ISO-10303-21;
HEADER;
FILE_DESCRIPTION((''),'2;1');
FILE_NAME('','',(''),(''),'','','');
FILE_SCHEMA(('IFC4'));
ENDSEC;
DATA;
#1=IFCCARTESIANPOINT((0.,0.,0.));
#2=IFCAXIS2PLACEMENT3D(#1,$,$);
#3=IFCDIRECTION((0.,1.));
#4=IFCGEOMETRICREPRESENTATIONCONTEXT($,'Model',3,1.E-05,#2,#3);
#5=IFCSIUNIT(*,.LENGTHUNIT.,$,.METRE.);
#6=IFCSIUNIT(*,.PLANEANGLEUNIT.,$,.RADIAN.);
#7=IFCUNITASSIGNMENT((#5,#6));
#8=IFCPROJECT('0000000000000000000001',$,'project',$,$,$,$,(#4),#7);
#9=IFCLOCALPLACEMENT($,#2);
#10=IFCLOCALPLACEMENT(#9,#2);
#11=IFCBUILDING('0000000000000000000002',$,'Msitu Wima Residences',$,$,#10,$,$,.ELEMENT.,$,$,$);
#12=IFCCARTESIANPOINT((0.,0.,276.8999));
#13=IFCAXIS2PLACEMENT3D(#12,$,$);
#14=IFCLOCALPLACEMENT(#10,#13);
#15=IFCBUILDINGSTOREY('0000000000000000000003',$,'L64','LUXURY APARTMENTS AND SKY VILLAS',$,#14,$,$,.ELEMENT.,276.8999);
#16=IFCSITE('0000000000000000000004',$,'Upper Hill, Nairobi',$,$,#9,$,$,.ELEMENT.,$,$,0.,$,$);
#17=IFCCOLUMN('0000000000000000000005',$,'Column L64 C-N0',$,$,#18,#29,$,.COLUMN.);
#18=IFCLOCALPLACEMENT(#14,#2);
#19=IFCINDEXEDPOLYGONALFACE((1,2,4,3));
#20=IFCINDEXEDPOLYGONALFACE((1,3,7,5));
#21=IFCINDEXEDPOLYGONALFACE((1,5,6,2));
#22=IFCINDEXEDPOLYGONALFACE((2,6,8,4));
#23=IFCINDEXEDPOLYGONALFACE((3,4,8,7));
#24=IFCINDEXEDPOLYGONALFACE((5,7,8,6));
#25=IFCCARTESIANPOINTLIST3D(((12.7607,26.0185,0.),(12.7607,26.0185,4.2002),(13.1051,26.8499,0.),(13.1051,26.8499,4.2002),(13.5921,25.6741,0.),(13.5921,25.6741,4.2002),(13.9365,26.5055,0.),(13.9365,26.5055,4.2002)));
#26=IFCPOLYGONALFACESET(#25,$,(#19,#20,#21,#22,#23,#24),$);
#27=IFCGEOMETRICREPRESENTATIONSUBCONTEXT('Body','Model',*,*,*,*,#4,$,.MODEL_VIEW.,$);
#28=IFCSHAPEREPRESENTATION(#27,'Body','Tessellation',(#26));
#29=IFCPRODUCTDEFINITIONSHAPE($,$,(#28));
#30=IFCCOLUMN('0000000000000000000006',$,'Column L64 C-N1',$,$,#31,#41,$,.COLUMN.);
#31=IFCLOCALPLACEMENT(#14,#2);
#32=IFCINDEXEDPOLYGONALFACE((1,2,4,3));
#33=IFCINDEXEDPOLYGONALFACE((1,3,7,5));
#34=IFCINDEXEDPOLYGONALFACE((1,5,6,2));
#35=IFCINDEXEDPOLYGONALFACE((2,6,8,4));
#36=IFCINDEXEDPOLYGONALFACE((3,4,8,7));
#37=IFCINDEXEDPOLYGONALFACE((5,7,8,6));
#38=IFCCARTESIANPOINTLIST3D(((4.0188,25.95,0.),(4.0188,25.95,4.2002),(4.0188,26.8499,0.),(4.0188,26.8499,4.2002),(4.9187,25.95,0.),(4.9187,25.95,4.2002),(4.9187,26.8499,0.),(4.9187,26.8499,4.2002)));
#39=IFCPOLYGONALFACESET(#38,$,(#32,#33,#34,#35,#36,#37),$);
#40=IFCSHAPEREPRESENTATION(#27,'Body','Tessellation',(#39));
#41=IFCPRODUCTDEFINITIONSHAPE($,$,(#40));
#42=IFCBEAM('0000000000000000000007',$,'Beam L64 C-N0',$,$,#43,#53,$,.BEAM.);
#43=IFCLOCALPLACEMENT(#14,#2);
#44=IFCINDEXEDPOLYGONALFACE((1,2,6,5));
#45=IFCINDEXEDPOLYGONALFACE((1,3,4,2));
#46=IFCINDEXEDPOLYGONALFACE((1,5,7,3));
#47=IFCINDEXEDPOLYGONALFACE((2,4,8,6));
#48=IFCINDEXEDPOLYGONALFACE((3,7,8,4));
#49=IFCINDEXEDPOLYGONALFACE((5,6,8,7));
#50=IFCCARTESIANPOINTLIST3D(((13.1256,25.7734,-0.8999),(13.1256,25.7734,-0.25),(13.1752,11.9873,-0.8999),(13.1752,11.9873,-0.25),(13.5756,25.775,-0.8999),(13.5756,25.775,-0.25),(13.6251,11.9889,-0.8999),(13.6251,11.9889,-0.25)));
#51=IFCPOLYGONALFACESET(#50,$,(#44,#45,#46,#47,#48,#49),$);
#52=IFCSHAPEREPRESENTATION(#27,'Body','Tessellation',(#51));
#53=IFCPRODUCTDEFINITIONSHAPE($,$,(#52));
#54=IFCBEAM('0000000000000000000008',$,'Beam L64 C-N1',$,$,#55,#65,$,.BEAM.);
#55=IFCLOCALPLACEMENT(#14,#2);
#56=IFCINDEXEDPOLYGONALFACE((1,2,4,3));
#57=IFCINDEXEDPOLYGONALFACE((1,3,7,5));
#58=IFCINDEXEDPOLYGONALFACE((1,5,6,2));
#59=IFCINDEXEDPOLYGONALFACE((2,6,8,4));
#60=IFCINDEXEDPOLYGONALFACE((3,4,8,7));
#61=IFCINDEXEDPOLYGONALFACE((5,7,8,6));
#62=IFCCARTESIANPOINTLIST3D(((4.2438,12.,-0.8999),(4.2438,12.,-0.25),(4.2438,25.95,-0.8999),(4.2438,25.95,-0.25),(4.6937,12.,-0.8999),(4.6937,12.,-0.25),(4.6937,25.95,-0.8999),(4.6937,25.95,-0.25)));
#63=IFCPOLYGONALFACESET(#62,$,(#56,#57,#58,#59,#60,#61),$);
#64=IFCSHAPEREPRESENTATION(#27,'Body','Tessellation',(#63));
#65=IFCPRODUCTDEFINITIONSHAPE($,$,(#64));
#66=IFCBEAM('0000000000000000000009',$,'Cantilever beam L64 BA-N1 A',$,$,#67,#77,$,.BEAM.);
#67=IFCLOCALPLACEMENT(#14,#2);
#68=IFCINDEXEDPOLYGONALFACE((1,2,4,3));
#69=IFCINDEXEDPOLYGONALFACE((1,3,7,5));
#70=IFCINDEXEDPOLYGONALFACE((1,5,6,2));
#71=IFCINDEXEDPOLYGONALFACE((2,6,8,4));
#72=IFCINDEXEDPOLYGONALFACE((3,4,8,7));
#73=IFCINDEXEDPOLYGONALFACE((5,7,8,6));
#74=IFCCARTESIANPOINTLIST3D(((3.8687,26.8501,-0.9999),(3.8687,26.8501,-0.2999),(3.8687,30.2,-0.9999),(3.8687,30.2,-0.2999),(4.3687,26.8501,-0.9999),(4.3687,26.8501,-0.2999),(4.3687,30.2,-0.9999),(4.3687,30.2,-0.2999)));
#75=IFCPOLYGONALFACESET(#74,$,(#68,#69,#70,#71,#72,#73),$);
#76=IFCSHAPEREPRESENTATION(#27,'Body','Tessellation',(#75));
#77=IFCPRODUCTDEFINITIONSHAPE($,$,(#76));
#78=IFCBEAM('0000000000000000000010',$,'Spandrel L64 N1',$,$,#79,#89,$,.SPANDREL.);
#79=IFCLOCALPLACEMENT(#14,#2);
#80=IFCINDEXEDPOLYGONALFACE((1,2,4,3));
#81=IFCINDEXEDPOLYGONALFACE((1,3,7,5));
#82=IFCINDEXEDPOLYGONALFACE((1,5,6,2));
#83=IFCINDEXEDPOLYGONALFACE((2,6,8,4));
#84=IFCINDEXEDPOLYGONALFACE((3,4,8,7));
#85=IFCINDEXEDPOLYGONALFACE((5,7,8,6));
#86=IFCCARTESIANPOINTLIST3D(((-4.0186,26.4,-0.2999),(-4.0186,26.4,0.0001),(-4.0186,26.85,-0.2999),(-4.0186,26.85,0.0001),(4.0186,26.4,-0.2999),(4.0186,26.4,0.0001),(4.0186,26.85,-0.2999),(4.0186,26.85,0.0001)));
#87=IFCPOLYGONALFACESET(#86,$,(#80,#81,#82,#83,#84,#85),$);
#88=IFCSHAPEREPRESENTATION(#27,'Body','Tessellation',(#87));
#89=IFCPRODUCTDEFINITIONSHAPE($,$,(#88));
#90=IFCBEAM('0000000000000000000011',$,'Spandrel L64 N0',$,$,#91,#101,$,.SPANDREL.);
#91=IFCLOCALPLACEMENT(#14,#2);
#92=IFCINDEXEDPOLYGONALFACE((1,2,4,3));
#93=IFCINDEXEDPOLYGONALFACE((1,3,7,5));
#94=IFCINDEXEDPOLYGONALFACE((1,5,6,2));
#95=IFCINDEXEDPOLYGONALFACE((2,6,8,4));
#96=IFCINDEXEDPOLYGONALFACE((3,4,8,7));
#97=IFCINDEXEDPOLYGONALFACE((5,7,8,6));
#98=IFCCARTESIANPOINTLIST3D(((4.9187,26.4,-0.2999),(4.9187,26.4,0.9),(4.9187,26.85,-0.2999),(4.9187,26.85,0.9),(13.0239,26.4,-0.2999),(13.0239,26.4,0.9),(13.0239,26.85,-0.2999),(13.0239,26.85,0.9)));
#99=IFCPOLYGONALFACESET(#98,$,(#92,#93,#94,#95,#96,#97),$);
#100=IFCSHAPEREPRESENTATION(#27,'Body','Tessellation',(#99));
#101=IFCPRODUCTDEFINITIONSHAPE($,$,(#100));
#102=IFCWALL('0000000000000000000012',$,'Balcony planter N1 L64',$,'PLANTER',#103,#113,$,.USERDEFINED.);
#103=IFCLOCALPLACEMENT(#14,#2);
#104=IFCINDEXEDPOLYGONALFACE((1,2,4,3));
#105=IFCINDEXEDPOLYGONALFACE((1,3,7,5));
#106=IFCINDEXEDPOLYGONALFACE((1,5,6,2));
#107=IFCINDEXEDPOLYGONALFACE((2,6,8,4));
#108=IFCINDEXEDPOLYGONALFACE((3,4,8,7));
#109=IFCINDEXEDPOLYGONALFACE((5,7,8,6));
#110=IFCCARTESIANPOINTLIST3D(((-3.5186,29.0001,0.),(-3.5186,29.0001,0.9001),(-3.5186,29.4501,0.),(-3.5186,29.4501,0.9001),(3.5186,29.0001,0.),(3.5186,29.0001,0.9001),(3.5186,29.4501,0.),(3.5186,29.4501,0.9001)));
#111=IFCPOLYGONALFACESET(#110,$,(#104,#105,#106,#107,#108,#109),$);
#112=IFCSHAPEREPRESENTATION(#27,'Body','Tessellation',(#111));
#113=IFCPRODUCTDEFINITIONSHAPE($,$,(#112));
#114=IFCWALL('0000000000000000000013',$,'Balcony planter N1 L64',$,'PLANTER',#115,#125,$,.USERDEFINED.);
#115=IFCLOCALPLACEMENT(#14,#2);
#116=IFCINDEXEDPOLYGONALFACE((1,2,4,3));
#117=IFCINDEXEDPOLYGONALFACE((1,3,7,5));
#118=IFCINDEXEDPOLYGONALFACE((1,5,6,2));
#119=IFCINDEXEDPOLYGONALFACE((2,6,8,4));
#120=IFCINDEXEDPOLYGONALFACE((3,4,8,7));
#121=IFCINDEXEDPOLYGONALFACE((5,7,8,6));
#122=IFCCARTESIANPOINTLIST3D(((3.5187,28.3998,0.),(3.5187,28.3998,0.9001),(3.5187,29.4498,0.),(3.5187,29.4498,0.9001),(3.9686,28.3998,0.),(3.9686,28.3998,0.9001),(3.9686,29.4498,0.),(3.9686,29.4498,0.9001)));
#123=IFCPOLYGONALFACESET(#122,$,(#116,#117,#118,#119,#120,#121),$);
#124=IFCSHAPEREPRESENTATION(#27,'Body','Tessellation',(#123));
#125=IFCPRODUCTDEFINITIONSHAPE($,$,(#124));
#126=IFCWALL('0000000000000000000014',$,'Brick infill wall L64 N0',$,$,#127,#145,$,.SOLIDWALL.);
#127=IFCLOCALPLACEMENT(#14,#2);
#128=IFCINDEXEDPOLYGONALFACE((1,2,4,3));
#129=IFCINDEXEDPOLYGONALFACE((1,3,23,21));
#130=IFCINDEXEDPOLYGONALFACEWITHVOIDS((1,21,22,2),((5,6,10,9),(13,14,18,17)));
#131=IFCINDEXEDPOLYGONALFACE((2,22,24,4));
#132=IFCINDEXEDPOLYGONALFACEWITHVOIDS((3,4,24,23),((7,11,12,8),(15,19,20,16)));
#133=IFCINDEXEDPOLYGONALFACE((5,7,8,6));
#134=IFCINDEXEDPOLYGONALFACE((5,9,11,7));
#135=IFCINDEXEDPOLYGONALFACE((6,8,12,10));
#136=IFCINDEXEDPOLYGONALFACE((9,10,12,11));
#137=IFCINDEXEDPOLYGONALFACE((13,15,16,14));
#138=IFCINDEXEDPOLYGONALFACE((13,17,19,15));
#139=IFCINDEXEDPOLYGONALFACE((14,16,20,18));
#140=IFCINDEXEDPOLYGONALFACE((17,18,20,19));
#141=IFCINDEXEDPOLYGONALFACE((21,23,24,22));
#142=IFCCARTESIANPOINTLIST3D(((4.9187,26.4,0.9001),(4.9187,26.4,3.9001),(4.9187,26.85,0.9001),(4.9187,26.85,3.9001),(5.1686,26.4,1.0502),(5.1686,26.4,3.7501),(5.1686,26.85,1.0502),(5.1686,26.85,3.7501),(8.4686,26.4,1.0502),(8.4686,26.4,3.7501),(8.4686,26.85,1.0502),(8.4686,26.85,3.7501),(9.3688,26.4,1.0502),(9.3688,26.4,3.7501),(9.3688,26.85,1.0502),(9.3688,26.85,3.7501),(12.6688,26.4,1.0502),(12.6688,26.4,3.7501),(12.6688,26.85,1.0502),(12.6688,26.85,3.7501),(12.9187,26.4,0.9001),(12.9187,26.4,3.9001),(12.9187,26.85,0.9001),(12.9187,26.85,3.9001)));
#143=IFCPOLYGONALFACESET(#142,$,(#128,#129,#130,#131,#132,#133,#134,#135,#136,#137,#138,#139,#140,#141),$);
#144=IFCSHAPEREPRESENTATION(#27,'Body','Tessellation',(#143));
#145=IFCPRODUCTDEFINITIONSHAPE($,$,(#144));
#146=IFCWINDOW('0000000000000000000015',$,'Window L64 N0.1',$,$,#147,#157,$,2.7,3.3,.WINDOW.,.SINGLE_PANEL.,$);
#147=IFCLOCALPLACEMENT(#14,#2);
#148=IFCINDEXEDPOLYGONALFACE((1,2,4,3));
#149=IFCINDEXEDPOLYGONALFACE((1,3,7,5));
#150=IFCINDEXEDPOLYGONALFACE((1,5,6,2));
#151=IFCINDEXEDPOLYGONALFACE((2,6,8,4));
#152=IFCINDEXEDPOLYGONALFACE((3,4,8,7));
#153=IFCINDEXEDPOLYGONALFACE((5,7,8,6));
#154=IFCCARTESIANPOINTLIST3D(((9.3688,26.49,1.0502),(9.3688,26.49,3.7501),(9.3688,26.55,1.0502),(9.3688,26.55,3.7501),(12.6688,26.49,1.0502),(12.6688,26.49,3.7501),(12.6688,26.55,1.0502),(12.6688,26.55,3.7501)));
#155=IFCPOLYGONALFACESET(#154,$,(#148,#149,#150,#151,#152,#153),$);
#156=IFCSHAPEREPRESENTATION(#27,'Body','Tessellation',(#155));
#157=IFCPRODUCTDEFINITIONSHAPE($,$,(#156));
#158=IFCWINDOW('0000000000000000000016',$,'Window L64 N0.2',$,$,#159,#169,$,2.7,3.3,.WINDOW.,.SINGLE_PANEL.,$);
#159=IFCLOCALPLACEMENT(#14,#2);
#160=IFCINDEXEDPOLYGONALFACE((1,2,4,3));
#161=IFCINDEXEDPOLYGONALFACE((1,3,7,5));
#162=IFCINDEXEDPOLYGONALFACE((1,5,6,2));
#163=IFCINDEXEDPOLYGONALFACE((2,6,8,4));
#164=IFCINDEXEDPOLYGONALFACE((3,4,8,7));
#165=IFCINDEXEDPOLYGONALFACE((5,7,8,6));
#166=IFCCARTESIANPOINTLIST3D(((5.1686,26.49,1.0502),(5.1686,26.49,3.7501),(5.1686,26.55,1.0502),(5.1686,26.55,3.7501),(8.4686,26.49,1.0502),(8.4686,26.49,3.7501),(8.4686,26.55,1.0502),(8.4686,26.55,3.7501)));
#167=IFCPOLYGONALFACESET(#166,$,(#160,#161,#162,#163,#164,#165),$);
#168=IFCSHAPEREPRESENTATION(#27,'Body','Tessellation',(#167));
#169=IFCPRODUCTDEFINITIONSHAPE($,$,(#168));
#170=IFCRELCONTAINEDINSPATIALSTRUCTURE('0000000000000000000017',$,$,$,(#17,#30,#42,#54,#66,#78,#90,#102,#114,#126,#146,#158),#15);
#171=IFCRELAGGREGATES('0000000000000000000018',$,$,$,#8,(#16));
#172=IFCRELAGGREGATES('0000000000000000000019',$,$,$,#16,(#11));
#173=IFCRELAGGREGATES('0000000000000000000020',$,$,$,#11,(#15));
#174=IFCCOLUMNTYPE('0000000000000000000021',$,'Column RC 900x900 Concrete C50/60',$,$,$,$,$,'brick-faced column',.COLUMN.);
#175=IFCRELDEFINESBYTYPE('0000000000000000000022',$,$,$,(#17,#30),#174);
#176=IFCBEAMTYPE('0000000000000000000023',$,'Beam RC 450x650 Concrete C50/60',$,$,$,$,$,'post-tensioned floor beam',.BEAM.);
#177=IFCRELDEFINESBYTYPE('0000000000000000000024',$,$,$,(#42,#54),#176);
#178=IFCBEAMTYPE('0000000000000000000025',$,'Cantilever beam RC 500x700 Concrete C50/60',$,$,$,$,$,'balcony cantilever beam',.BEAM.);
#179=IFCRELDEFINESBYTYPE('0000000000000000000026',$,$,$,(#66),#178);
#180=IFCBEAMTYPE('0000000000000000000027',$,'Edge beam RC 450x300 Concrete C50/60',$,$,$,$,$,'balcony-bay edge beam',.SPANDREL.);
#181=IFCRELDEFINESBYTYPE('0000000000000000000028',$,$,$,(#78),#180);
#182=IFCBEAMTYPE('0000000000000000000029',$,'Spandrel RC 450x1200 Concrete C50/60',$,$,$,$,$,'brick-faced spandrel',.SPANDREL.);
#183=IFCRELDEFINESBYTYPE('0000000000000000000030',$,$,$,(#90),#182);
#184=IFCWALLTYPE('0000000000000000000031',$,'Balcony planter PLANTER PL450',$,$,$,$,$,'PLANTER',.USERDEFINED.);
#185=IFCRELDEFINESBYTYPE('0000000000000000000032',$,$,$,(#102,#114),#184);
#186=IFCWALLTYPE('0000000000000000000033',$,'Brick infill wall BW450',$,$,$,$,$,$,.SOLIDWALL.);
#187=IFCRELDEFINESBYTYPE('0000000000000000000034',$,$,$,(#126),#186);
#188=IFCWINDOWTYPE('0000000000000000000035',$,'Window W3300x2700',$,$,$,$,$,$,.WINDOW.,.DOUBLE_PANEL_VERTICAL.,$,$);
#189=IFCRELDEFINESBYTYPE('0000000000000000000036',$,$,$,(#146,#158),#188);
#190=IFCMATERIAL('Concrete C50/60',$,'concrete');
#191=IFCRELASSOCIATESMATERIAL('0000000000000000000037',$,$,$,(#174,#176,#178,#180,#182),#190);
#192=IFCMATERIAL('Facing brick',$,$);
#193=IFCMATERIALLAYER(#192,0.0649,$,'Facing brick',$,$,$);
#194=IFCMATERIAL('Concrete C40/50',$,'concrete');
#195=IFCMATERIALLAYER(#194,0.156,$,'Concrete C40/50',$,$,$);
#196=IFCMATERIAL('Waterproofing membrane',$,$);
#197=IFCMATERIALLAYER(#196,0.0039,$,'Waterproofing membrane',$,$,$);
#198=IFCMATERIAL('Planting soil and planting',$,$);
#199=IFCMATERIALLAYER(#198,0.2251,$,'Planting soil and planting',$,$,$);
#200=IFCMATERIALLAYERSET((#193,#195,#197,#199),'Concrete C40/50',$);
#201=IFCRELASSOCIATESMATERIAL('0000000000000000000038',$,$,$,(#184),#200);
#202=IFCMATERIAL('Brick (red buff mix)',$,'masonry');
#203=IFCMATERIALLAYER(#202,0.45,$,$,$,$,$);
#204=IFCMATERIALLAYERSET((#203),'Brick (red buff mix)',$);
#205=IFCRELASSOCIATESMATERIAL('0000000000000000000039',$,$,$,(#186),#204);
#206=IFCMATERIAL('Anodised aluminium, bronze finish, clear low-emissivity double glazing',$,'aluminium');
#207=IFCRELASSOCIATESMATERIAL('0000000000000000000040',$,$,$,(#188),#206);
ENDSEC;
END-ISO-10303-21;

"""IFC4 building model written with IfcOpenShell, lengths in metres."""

from ifc_helpers import new_model, si_unit, direction, frame, frame_2d, origin, origin_2d, place, context, subcontext, project, spatial, rectangle, extrude, material, layer, layer_set, material_profile, profile_set, type_object, element, fill, save


model = new_model("IFC4")

# Units and contexts
model_context = context("Model", 3, precision=1e-05, world=origin(), true_north=direction((0.0, 1.0)))
body_context = subcontext(model_context, "Body", "Model", "MODEL_VIEW")
ifc_project = project(units=[si_unit("LENGTHUNIT", "METRE"), si_unit("PLANEANGLEUNIT", "RADIAN")], contexts=[model_context])

# Site, building, storey
site_placement = place(None, origin())
site = spatial("IfcSite", under=ifc_project, at=site_placement, Name="Upper Hill, Nairobi", CompositionType="ELEMENT", RefElevation=0.0)
building_placement = place(site_placement, origin())
building = spatial("IfcBuilding", under=site, at=building_placement, Name="Msitu Wima Residences", CompositionType="ELEMENT")
storey_placement = place(building_placement, frame((0.0, 0.0, 276.8999)))
storey = spatial("IfcBuildingStorey", under=building, at=storey_placement, Name="L64", Description="LUXURY APARTMENTS AND SKY VILLAS", CompositionType="ELEMENT", Elevation=276.8999)

# Columns
ifc_material_1 = material(Name="Concrete C50/60", Category="concrete")
ifc_material_profile_1 = material_profile(ifc_material_1, rectangle(XDim=0.8999, YDim=0.8999, at=origin_2d()), Name="RC 900x900")
ifc_profile_set_1 = profile_set([ifc_material_profile_1], Name="Concrete C50/60")
column_type = type_object("IfcColumnType", Name="Column RC 900x900 Concrete C50/60", ElementType="brick-faced column", PredefinedType="COLUMN", material=ifc_profile_set_1)
for number, where, z_axis, x_axis, name in (
    (1, (13.3486, 26.262, 0.0), (0.0, 0.0, 1.0), (-0.92388, 0.382683, 0.0), "Column L64 C-N0"),
    (2, (4.4688, 26.3999, 0.0), (0.0, 0.0, 1.0), (-1.0, 0.0, 0.0), "Column L64 C-N1"),
):
    element("IfcColumn", number, at=place(storey_placement, frame(where, z_axis=z_axis, x_axis=x_axis)), inside=storey, type_object=column_type, Name=name, PredefinedType="COLUMN", context=body_context, shape_type="SweptSolid", body=[
        extrude(rectangle(XDim=0.8999, YDim=0.8999, at=origin_2d()), origin(), (0.0, 0.0, 1.0), 4.2002),
    ])

# Beams
ifc_material_profile_2 = material_profile(ifc_material_1, rectangle(XDim=0.45, YDim=0.6499, at=origin_2d()), Name="RC 450x650")
ifc_profile_set_2 = profile_set([ifc_material_profile_2], Name="Concrete C50/60")
beam_type_1 = type_object("IfcBeamType", Name="Beam RC 450x650 Concrete C50/60", ElementType="post-tensioned floor beam", PredefinedType="BEAM", material=ifc_profile_set_2)
beam_1_placement = place(storey_placement, frame((13.3506, 25.7742, -0.575), z_axis=(0.003595, -0.999994, 0.0), x_axis=(0.999994, 0.003595, 0.0)))
element("IfcBeam", 3, at=beam_1_placement, inside=storey, type_object=beam_type_1, Name="Beam L64 C-N0", PredefinedType="BEAM", context=body_context, shape_type="SweptSolid", body=[
    extrude(rectangle(XDim=0.45, YDim=0.6499, at=origin_2d()), origin(), (0.0, 0.0, 1.0), 13.7861),
])
beam_2_placement = place(storey_placement, frame((4.4688, 25.95, -0.575), z_axis=(0.0, -1.0, 0.0), x_axis=(1.0, 0.0, 0.0)))
element("IfcBeam", 4, at=beam_2_placement, inside=storey, type_object=beam_type_1, Name="Beam L64 C-N1", PredefinedType="BEAM", context=body_context, shape_type="SweptSolid", body=[
    extrude(rectangle(XDim=0.45, YDim=0.6499, at=origin_2d()), origin(), (0.0, 0.0, 1.0), 13.95),
])
ifc_material_profile_3 = material_profile(ifc_material_1, rectangle(XDim=0.5, YDim=0.7, at=origin_2d()), Name="RC 500x700")
ifc_profile_set_3 = profile_set([ifc_material_profile_3], Name="Concrete C50/60")
beam_type_2 = type_object("IfcBeamType", Name="Cantilever beam RC 500x700 Concrete C50/60", ElementType="balcony cantilever beam", PredefinedType="BEAM", material=ifc_profile_set_3)
beam_3_placement = place(storey_placement, frame((4.1187, 26.8501, -0.6499), z_axis=(0.0, 1.0, 0.0), x_axis=(-1.0, 0.0, 0.0)))
element("IfcBeam", 5, at=beam_3_placement, inside=storey, type_object=beam_type_2, Name="Cantilever beam L64 BA-N1 A", PredefinedType="BEAM", context=body_context, shape_type="SweptSolid", body=[
    extrude(rectangle(XDim=0.5, YDim=0.7, at=origin_2d()), origin(), (0.0, 0.0, 1.0), 3.3499),
])
ifc_material_profile_4 = material_profile(ifc_material_1, rectangle(XDim=0.45, YDim=0.3, at=origin_2d()), Name="RC 450x300")
ifc_profile_set_4 = profile_set([ifc_material_profile_4], Name="Concrete C50/60")
beam_type_3 = type_object("IfcBeamType", Name="Edge beam RC 450x300 Concrete C50/60", ElementType="balcony-bay edge beam", PredefinedType="SPANDREL", material=ifc_profile_set_4)
beam_4_placement = place(storey_placement, frame((4.0186, 26.625, -0.1499), z_axis=(-1.0, 0.0, 0.0), x_axis=(0.0, -1.0, 0.0)))
element("IfcBeam", 6, at=beam_4_placement, inside=storey, type_object=beam_type_3, Name="Spandrel L64 N1", PredefinedType="SPANDREL", context=body_context, shape_type="SweptSolid", body=[
    extrude(rectangle(XDim=0.45, YDim=0.3, at=origin_2d()), origin(), (0.0, 0.0, 1.0), 8.0371),
])
ifc_material_profile_5 = material_profile(ifc_material_1, rectangle(XDim=0.45, YDim=1.2, at=origin_2d()), Name="RC 450x1200")
ifc_profile_set_5 = profile_set([ifc_material_profile_5], Name="Concrete C50/60")
beam_type_4 = type_object("IfcBeamType", Name="Spandrel RC 450x1200 Concrete C50/60", ElementType="brick-faced spandrel", PredefinedType="SPANDREL", material=ifc_profile_set_5)
beam_5_placement = place(storey_placement, frame((13.0239, 26.625, 0.3), z_axis=(-1.0, 0.0, 0.0), x_axis=(0.0, -1.0, 0.0)))
element("IfcBeam", 7, at=beam_5_placement, inside=storey, type_object=beam_type_4, Name="Spandrel L64 N0", PredefinedType="SPANDREL", context=body_context, shape_type="SweptSolid", body=[
    extrude(rectangle(XDim=0.45, YDim=1.2, at=origin_2d()), origin(), (0.0, 0.0, 1.0), 8.1052),
])

# Walls
ifc_material_2 = material(Name="Facing brick")
ifc_layer_1 = layer(ifc_material_2, 0.0649, Name="Facing brick")
ifc_material_3 = material(Name="Concrete C40/50", Category="concrete")
ifc_layer_2 = layer(ifc_material_3, 0.156, Name="Concrete C40/50")
ifc_material_4 = material(Name="Waterproofing membrane")
ifc_layer_3 = layer(ifc_material_4, 0.0039, Name="Waterproofing membrane")
ifc_material_5 = material(Name="Planting soil and planting")
ifc_layer_4 = layer(ifc_material_5, 0.2251, Name="Planting soil and planting")
ifc_layer_set_1 = layer_set([ifc_layer_1, ifc_layer_2, ifc_layer_3, ifc_layer_4], Name="Concrete C40/50")
wall_type_1 = type_object("IfcWallType", Name="Balcony planter PLANTER PL450", ElementType="PLANTER", PredefinedType="USERDEFINED", material=ifc_layer_set_1)
wall_1_placement = place(storey_placement, frame((3.5186, 29.2251, 0.0), z_axis=(0.0, 0.0, 1.0), x_axis=(-1.0, 0.0, 0.0)))
element("IfcWall", 8, at=wall_1_placement, inside=storey, type_object=wall_type_1, Name="Balcony planter N1 L64", ObjectType="PLANTER", PredefinedType="USERDEFINED", context=body_context, shape_type="SweptSolid", body=[
    extrude(rectangle(XDim=7.0371, YDim=0.45, at=frame_2d((3.5186, 0.0))), origin(), (0.0, 0.0, 1.0), 0.9001),
])
wall_2_placement = place(storey_placement, frame((3.7437, 28.3999, 0.0), z_axis=(0.0, 0.0, 1.0), x_axis=(0.0, 1.0, 0.0)))
element("IfcWall", 9, at=wall_2_placement, inside=storey, type_object=wall_type_1, Name="Balcony planter N1 L64", ObjectType="PLANTER", PredefinedType="USERDEFINED", context=body_context, shape_type="SweptSolid", body=[
    extrude(rectangle(XDim=1.05, YDim=0.45, at=frame_2d((0.5249, 0.0))), origin(), (0.0, 0.0, 1.0), 0.9001),
])

# Wall, openings, windows
ifc_material_6 = material(Name="Brick (red buff mix)", Category="masonry")
ifc_layer_5 = layer(ifc_material_6, 0.45)
ifc_layer_set_2 = layer_set([ifc_layer_5], Name="Brick (red buff mix)")
wall_type_2 = type_object("IfcWallType", Name="Brick infill wall BW450", PredefinedType="SOLIDWALL", material=ifc_layer_set_2)
wall_3_placement = place(storey_placement, frame((12.9187, 26.625, 0.9001), z_axis=(0.0, 0.0, 1.0), x_axis=(-1.0, 0.0, 0.0)))
wall_3 = element("IfcWall", 10, at=wall_3_placement, inside=storey, type_object=wall_type_2, Name="Brick infill wall L64 N0", PredefinedType="SOLIDWALL", context=body_context, shape_type="SweptSolid", body=[
    extrude(rectangle(XDim=8.0, YDim=0.45, at=frame_2d((4.0, 0.0))), origin(), (0.0, 0.0, 1.0), 3.0),
])
opening_1_placement = place(wall_3_placement, frame((0.25, 0.0, 0.1499)))
opening_1 = element("IfcOpeningElement", 11, at=opening_1_placement, cuts=wall_3, PredefinedType="OPENING", context=body_context, shape_type="SweptSolid", body=[
    extrude(rectangle(XDim=3.3, YDim=2.7, at=frame_2d((1.6499, 1.3501))), frame((0.0, 0.2349, 0.0), z_axis=(0.0, -1.0, 0.0), x_axis=(1.0, 0.0, 0.0)), (0.0, 0.0, 1.0), 0.47),
])
opening_2_placement = place(wall_3_placement, frame((4.4502, 0.0, 0.1499)))
opening_2 = element("IfcOpeningElement", 12, at=opening_2_placement, cuts=wall_3, PredefinedType="OPENING", context=body_context, shape_type="SweptSolid", body=[
    extrude(rectangle(XDim=3.3, YDim=2.7, at=frame_2d((1.6499, 1.3501))), frame((0.0, 0.2349, 0.0), z_axis=(0.0, -1.0, 0.0), x_axis=(1.0, 0.0, 0.0)), (0.0, 0.0, 1.0), 0.47),
])
ifc_material_7 = material(Name="Anodised aluminium, bronze finish, clear low-emissivity double glazing", Category="aluminium")
window_type = type_object("IfcWindowType", Name="Window W3300x2700", PartitioningType="DOUBLE_PANEL_VERTICAL", PredefinedType="WINDOW", material=ifc_material_7)
window_1_placement = place(opening_1_placement, origin())
window_1 = element("IfcWindow", 13, at=window_1_placement, inside=storey, type_object=window_type, Name="Window L64 N0.1", OverallHeight=2.7, OverallWidth=3.3, PartitioningType="SINGLE_PANEL", PredefinedType="WINDOW", context=body_context, shape_type="SweptSolid", body=[
    extrude(rectangle(XDim=3.3, YDim=2.7, at=frame_2d((1.6499, 1.3501))), frame((0.0, 0.135, 0.0), z_axis=(0.0, -1.0, 0.0), x_axis=(1.0, 0.0, 0.0)), (0.0, 0.0, 1.0), 0.0601),
])
fill(opening_1, window_1)
window_2_placement = place(opening_2_placement, origin())
window_2 = element("IfcWindow", 14, at=window_2_placement, inside=storey, type_object=window_type, Name="Window L64 N0.2", OverallHeight=2.7, OverallWidth=3.3, PartitioningType="SINGLE_PANEL", PredefinedType="WINDOW", context=body_context, shape_type="SweptSolid", body=[
    extrude(rectangle(XDim=3.3, YDim=2.7, at=frame_2d((1.6499, 1.3501))), frame((0.0, 0.135, 0.0), z_axis=(0.0, -1.0, 0.0), x_axis=(1.0, 0.0, 0.0)), (0.0, 0.0, 1.0), 0.0601),
])
fill(opening_2, window_2)

save(model, "model.ifc")
